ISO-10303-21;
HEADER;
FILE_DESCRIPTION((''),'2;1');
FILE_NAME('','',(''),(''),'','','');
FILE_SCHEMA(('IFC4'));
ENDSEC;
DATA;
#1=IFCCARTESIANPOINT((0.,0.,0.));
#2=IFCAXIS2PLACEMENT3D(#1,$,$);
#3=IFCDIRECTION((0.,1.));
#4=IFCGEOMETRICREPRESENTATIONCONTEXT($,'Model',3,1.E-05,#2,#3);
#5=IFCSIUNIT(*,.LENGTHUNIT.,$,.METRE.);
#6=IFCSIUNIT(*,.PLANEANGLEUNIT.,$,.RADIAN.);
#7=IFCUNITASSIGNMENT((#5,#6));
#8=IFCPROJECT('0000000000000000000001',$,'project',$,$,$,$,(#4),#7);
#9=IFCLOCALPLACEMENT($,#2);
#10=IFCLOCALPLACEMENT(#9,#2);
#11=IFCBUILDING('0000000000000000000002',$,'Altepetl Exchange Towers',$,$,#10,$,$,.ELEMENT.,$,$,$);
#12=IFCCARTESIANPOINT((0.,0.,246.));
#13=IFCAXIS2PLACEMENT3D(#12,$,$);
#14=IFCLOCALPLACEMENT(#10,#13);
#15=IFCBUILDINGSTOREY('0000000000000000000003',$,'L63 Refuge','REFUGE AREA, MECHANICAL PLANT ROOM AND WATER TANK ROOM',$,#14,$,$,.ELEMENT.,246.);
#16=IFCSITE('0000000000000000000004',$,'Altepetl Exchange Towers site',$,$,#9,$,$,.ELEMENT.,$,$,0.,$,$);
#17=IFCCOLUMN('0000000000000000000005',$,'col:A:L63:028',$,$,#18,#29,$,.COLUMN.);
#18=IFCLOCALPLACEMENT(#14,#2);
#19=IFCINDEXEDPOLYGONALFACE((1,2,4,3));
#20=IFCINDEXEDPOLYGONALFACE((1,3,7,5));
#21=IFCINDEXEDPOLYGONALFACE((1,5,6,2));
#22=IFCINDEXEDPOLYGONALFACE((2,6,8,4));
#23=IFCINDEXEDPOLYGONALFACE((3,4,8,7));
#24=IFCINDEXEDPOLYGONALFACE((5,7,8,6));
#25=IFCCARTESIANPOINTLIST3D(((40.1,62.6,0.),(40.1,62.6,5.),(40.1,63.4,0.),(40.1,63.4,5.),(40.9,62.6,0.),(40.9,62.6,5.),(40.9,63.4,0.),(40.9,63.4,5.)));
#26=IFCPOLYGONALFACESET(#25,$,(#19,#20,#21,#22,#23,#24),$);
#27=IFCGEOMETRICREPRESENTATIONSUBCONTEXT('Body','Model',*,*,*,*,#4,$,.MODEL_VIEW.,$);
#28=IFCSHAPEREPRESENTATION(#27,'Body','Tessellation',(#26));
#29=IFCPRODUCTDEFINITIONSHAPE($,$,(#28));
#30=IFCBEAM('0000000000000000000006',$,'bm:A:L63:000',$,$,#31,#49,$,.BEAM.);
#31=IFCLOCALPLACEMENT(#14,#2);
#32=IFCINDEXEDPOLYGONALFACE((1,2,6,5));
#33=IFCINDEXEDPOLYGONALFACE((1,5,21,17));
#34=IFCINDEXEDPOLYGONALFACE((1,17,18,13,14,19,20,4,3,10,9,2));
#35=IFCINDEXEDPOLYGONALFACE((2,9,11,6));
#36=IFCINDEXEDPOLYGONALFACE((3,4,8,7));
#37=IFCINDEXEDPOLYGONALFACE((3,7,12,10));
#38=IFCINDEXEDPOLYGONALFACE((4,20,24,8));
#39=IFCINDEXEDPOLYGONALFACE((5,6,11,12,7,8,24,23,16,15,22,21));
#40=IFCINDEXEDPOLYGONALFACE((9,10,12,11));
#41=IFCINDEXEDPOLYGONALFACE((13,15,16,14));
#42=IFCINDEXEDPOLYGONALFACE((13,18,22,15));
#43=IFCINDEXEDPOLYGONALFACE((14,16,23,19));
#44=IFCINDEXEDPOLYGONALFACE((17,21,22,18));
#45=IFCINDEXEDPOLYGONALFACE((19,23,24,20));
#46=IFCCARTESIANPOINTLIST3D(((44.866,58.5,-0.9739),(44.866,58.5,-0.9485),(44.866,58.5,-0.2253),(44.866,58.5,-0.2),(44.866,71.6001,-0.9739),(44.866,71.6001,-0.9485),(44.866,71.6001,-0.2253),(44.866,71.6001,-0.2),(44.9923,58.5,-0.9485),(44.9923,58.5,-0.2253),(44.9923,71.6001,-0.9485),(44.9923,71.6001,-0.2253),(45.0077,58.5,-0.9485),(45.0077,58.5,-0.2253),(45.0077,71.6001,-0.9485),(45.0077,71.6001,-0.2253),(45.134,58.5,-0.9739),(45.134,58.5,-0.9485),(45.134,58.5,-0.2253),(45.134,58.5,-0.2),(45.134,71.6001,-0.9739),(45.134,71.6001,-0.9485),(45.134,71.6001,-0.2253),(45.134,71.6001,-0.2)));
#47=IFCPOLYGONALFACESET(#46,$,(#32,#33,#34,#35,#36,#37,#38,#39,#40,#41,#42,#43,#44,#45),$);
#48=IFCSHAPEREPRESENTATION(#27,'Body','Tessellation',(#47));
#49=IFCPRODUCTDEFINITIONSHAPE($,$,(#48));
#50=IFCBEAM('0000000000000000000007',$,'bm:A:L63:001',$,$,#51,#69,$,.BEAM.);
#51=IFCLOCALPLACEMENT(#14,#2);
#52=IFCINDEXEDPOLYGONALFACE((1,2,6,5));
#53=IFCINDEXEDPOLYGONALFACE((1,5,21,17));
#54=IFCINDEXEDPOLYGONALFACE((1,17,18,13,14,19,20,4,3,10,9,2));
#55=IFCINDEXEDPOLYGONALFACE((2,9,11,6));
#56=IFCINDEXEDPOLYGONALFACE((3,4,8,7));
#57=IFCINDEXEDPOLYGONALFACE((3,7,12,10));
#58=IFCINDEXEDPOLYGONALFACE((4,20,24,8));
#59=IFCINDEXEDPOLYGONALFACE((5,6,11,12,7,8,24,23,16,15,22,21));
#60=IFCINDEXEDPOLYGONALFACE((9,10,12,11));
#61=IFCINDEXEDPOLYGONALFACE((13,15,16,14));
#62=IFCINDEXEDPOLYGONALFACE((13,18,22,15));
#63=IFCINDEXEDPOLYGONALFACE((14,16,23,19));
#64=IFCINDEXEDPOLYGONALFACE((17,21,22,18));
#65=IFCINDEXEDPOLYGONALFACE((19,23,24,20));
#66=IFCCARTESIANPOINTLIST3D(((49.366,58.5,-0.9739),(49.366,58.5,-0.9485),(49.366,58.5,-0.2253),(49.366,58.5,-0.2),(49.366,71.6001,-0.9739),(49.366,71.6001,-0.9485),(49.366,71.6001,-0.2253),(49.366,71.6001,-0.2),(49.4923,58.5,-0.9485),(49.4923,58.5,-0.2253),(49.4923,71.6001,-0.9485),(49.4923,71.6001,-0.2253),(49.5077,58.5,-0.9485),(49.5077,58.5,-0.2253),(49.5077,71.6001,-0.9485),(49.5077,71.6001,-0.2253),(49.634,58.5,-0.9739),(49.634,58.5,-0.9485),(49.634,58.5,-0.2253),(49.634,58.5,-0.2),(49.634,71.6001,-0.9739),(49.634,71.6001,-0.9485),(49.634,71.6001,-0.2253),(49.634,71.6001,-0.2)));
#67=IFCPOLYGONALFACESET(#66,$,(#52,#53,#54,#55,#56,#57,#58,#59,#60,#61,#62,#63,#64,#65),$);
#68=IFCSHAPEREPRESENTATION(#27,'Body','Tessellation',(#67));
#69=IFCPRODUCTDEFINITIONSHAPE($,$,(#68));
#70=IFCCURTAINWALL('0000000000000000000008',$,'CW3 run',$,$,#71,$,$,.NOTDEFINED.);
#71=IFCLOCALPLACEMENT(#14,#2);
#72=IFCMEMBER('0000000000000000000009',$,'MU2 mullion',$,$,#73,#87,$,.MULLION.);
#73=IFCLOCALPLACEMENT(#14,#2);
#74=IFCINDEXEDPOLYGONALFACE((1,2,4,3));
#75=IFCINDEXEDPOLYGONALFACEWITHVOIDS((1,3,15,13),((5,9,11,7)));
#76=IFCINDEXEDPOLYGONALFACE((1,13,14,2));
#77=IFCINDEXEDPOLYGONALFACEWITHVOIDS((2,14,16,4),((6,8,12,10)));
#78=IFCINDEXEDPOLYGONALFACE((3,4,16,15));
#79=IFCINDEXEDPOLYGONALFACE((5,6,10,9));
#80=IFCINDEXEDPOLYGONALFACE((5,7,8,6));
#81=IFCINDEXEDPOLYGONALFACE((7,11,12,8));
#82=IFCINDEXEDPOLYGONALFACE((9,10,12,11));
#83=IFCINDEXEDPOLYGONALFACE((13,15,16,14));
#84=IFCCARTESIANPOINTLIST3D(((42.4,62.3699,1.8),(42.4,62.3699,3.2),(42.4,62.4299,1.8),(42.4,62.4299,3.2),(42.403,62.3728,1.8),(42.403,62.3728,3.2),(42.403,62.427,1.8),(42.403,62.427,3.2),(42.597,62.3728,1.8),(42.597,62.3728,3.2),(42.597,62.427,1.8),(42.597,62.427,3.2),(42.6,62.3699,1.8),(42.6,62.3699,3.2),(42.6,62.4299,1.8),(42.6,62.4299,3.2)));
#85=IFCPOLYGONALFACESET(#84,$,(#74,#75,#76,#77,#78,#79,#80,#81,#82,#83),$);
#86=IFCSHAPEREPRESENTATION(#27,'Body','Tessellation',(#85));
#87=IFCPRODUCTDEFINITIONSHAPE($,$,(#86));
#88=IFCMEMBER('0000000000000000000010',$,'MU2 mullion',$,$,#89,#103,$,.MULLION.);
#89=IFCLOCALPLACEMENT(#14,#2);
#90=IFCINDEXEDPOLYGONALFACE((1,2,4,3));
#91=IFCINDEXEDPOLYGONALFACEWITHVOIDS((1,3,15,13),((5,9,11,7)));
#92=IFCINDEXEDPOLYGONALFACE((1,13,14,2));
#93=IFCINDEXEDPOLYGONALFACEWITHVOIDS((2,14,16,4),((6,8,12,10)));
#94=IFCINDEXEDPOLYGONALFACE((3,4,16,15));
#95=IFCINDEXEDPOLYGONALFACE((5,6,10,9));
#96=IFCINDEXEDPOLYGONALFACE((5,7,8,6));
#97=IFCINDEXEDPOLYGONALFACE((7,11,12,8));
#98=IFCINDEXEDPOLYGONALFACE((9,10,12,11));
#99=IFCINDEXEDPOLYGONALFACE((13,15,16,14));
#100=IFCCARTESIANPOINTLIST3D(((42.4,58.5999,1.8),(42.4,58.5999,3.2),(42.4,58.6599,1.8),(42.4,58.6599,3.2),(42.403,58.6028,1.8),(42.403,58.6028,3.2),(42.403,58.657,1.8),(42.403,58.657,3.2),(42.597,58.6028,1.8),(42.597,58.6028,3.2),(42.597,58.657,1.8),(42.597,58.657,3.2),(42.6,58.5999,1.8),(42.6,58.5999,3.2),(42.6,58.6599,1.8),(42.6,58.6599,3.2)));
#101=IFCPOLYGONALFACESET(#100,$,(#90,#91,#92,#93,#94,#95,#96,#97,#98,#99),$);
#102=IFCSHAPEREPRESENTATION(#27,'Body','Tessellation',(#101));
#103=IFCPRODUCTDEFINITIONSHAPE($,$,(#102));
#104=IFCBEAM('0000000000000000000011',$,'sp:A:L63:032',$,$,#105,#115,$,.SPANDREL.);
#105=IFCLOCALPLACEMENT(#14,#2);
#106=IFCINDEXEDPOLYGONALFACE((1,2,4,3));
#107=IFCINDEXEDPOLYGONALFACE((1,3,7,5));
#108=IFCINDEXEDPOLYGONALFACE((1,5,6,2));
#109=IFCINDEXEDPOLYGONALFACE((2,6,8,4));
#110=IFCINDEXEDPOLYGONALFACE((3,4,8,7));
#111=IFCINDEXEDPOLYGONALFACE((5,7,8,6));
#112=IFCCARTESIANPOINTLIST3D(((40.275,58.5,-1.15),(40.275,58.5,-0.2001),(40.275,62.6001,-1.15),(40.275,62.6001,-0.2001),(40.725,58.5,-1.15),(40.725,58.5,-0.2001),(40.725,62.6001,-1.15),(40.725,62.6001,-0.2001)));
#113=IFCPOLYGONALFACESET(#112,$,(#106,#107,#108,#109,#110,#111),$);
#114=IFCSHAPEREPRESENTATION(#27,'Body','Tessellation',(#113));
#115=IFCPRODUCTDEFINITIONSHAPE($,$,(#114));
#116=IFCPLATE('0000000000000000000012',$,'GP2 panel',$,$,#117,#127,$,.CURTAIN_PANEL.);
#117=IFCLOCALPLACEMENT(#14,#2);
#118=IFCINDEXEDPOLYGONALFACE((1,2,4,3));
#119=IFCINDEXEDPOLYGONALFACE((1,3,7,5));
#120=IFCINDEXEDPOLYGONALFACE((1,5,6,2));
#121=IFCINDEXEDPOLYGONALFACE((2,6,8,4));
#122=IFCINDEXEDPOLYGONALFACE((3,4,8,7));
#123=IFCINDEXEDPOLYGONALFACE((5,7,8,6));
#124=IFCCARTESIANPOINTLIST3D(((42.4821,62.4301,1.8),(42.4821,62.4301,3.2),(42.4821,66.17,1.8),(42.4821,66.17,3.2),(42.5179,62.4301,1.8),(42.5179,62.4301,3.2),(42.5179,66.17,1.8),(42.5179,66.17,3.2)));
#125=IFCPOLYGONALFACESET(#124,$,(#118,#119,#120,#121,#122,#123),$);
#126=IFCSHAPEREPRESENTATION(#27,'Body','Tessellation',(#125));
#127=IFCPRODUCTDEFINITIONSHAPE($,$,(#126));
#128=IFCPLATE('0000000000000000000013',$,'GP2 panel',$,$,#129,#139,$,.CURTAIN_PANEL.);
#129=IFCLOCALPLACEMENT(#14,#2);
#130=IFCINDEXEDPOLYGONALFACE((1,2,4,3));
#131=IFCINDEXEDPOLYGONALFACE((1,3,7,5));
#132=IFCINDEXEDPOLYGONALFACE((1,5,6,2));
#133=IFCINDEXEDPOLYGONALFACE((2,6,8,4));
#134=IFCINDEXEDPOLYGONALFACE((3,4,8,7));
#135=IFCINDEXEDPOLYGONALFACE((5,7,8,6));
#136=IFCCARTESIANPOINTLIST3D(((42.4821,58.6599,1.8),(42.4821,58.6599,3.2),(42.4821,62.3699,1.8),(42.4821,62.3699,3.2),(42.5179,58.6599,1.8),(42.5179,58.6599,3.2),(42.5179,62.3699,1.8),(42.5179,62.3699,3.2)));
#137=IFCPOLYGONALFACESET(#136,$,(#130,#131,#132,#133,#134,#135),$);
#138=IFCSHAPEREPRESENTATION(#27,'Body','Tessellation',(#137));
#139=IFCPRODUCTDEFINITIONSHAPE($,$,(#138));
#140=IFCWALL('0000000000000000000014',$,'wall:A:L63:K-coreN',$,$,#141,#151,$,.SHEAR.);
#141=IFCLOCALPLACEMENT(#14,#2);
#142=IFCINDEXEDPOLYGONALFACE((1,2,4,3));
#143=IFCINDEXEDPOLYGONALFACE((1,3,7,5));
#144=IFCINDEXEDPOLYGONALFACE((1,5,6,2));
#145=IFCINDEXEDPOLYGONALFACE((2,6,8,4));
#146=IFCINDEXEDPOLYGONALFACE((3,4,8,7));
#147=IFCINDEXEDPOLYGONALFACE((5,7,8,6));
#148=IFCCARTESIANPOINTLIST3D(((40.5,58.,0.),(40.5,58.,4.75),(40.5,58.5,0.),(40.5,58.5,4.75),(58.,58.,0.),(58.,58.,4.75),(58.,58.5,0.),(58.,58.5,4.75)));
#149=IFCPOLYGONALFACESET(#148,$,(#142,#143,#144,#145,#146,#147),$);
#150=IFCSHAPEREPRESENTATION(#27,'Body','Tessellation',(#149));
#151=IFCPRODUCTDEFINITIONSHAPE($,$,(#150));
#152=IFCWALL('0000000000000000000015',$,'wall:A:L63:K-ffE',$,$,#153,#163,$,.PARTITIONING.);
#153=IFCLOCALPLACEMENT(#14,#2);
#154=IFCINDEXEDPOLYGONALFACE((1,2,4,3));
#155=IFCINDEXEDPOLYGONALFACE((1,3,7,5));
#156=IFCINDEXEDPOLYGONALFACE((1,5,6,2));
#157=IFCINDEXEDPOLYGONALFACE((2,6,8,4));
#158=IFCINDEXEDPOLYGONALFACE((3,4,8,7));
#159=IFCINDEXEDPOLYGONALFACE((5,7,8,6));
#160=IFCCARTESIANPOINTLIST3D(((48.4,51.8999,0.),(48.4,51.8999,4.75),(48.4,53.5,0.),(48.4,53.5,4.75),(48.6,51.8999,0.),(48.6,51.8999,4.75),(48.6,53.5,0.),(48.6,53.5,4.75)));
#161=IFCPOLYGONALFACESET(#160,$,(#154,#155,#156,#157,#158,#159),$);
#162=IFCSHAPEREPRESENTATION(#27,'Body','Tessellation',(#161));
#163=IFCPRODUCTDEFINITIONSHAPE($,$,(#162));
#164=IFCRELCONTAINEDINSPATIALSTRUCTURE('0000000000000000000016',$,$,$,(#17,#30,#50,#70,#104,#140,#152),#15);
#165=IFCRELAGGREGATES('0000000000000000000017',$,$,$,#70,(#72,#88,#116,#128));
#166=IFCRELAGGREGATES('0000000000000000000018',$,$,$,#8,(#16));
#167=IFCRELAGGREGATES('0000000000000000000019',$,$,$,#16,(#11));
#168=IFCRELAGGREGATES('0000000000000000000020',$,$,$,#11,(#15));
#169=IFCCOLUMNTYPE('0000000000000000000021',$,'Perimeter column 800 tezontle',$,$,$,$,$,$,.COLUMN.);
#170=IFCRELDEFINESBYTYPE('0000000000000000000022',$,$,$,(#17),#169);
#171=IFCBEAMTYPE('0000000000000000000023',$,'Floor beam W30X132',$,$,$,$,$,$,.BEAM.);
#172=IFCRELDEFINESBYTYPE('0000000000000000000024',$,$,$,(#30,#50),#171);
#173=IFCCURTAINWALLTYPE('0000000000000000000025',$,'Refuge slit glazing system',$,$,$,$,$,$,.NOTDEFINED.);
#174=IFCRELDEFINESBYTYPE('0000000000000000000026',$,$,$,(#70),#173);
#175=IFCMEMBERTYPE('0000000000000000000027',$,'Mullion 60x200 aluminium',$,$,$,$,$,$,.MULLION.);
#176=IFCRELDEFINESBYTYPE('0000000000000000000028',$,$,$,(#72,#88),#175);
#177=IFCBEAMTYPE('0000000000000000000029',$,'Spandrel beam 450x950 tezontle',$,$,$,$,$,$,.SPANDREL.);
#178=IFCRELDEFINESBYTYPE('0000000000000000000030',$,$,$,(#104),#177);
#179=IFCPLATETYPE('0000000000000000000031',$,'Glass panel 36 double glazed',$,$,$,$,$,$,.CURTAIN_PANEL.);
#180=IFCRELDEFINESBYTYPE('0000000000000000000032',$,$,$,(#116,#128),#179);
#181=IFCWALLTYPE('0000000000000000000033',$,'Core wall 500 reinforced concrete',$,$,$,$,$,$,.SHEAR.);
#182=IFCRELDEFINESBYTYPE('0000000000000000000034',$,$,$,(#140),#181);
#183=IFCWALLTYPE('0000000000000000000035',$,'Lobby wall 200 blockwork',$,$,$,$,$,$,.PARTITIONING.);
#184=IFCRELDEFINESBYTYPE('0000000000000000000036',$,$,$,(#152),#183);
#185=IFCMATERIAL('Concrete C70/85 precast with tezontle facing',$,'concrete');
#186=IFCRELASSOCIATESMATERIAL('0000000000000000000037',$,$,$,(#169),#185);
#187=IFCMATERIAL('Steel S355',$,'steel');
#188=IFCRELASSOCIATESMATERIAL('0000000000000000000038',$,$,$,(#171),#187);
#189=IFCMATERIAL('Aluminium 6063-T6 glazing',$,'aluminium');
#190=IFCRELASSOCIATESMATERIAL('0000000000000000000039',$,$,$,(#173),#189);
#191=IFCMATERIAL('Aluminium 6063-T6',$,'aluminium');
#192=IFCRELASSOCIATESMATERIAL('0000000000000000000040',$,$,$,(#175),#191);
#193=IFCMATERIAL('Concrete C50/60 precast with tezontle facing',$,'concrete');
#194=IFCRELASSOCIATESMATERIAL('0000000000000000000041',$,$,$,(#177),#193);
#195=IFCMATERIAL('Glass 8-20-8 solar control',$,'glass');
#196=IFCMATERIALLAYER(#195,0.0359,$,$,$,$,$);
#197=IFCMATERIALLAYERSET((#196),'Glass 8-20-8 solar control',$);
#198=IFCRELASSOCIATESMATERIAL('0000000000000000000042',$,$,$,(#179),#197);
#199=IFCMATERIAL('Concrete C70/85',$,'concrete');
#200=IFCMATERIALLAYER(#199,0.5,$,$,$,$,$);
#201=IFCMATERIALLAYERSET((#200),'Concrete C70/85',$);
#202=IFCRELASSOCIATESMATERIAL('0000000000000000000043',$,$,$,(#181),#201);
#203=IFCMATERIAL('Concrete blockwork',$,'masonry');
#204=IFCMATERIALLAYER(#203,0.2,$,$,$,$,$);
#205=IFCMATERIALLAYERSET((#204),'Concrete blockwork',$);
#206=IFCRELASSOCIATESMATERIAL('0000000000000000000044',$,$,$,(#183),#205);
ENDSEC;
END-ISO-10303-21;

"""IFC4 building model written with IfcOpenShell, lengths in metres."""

from ifc_helpers import new_model, si_unit, direction, frame, frame_2d, origin, origin_2d, place, context, subcontext, project, spatial, rectangle, hollow_rectangle, i_section, extrude, material, layer, layer_set, material_profile, profile_set, type_object, element, aggregate, save


model = new_model("IFC4")

# Units and contexts
model_context = context("Model", 3, precision=1e-05, world=origin(), true_north=direction((0.0, 1.0)))
body_context = subcontext(model_context, "Body", "Model", "MODEL_VIEW")
ifc_project = project(units=[si_unit("LENGTHUNIT", "METRE"), si_unit("PLANEANGLEUNIT", "RADIAN")], contexts=[model_context])

# Site, building, storey
site_placement = place(None, origin())
site = spatial("IfcSite", under=ifc_project, at=site_placement, Name="Altepetl Exchange Towers site", CompositionType="ELEMENT", RefElevation=0.0)
building_placement = place(site_placement, origin())
building = spatial("IfcBuilding", under=site, at=building_placement, Name="Altepetl Exchange Towers", CompositionType="ELEMENT")
storey_placement = place(building_placement, frame((0.0, 0.0, 246.0)))
storey = spatial("IfcBuildingStorey", under=building, at=storey_placement, Name="L63 Refuge", Description="REFUGE AREA, MECHANICAL PLANT ROOM AND WATER TANK ROOM", CompositionType="ELEMENT", Elevation=246.0)

# Column
ifc_material_1 = material(Name="Concrete C70/85 precast with tezontle facing", Category="concrete")
ifc_material_profile_1 = material_profile(ifc_material_1, rectangle(XDim=0.8, YDim=0.8, at=origin_2d()), Name="800 x 800")
ifc_profile_set_1 = profile_set([ifc_material_profile_1], Name="Concrete C70/85 precast with tezontle facing")
column_type = type_object("IfcColumnType", Name="Perimeter column 800 tezontle", PredefinedType="COLUMN", material=ifc_profile_set_1)
column_placement = place(storey_placement, frame((40.5, 63.0, 0.0)))
element("IfcColumn", 1, at=column_placement, inside=storey, type_object=column_type, Name="col:A:L63:028", PredefinedType="COLUMN", context=body_context, shape_type="SweptSolid", body=[
    extrude(rectangle(XDim=0.8, YDim=0.8, at=origin_2d()), origin(), (0.0, 0.0, 1.0), 5.0),
])

# Beams
ifc_material_2 = material(Name="Steel S355", Category="steel")
ifc_material_profile_2 = material_profile(ifc_material_2, i_section(OverallWidth=0.2681, OverallDepth=0.7739, WebThickness=0.0154, FlangeThickness=0.0254, at=origin_2d()), Name="W30X132")
ifc_profile_set_2 = profile_set([ifc_material_profile_2], Name="Steel S355")
beam_type_1 = type_object("IfcBeamType", Name="Floor beam W30X132", PredefinedType="BEAM", material=ifc_profile_set_2)
for number, where, z_axis, x_axis, name in (
    (2, (45.0, 58.5, -0.5869), (0.0, 1.0, 0.0), (-1.0, 0.0, 0.0), "bm:A:L63:000"),
    (3, (49.5, 58.5, -0.5869), (0.0, 1.0, 0.0), (-1.0, 0.0, 0.0), "bm:A:L63:001"),
):
    element("IfcBeam", number, at=place(storey_placement, frame(where, z_axis=z_axis, x_axis=x_axis)), inside=storey, type_object=beam_type_1, Name=name, PredefinedType="BEAM", context=body_context, shape_type="SweptSolid", body=[
        extrude(i_section(OverallWidth=0.2681, OverallDepth=0.7739, WebThickness=0.0154, FlangeThickness=0.0254, at=origin_2d()), origin(), (0.0, 0.0, 1.0), 13.1001),
    ])

# Curtain wall, members
ifc_material_3 = material(Name="Aluminium 6063-T6 glazing", Category="aluminium")
curtain_wall_type = type_object("IfcCurtainWallType", Name="Refuge slit glazing system", PredefinedType="NOTDEFINED", material=ifc_material_3)
curtain_wall_placement = place(storey_placement, origin())
curtain_wall = element("IfcCurtainWall", 4, at=curtain_wall_placement, inside=storey, type_object=curtain_wall_type, Name="CW3 run", PredefinedType="NOTDEFINED")
ifc_material_4 = material(Name="Aluminium 6063-T6", Category="aluminium")
ifc_material_profile_3 = material_profile(ifc_material_4, hollow_rectangle(XDim=0.0601, YDim=0.2, WallThickness=0.0029, at=origin_2d()), Name="Mullion 60x200 aluminium")
ifc_profile_set_3 = profile_set([ifc_material_profile_3], Name="Aluminium 6063-T6")
member_type = type_object("IfcMemberType", Name="Mullion 60x200 aluminium", PredefinedType="MULLION", material=ifc_profile_set_3)
member_1_placement = place(storey_placement, frame((42.5, 62.3999, 1.8), z_axis=(0.0, 0.0, 1.0), x_axis=(0.0, -1.0, 0.0)))
member_1 = element("IfcMember", 5, at=member_1_placement, type_object=member_type, Name="MU2 mullion", PredefinedType="MULLION", context=body_context, shape_type="SweptSolid", body=[
    extrude(hollow_rectangle(XDim=0.0601, YDim=0.2, WallThickness=0.0029, at=origin_2d()), origin(), (0.0, 0.0, 1.0), 1.3999),
])
member_2_placement = place(storey_placement, frame((42.5, 58.6299, 1.8), z_axis=(0.0, 0.0, 1.0), x_axis=(0.0, -1.0, 0.0)))
member_2 = element("IfcMember", 6, at=member_2_placement, type_object=member_type, Name="MU2 mullion", PredefinedType="MULLION", context=body_context, shape_type="SweptSolid", body=[
    extrude(hollow_rectangle(XDim=0.0601, YDim=0.2, WallThickness=0.0029, at=origin_2d()), origin(), (0.0, 0.0, 1.0), 1.3999),
])

# Beam
ifc_material_5 = material(Name="Concrete C50/60 precast with tezontle facing", Category="concrete")
ifc_material_profile_4 = material_profile(ifc_material_5, rectangle(XDim=0.45, YDim=0.95, at=origin_2d()), Name="450 x 950")
ifc_profile_set_4 = profile_set([ifc_material_profile_4], Name="Concrete C50/60 precast with tezontle facing")
beam_type_2 = type_object("IfcBeamType", Name="Spandrel beam 450x950 tezontle", PredefinedType="SPANDREL", material=ifc_profile_set_4)
beam_placement = place(storey_placement, frame((40.5, 62.6001, -0.675), z_axis=(0.0, -1.0, 0.0), x_axis=(1.0, 0.0, 0.0)))
element("IfcBeam", 7, at=beam_placement, inside=storey, type_object=beam_type_2, Name="sp:A:L63:032", PredefinedType="SPANDREL", context=body_context, shape_type="SweptSolid", body=[
    extrude(rectangle(XDim=0.45, YDim=0.95, at=origin_2d()), origin(), (0.0, 0.0, 1.0), 4.1001),
])

# Plates
ifc_material_6 = material(Name="Glass 8-20-8 solar control", Category="glass")
ifc_layer_1 = layer(ifc_material_6, 0.0359)
ifc_layer_set_1 = layer_set([ifc_layer_1], Name="Glass 8-20-8 solar control")
plate_type = type_object("IfcPlateType", Name="Glass panel 36 double glazed", PredefinedType="CURTAIN_PANEL", material=ifc_layer_set_1)
plate_1_placement = place(storey_placement, frame((42.5, 64.3, 1.8), z_axis=(0.0, 0.0, 1.0), x_axis=(0.0, -1.0, 0.0)))
plate_1 = element("IfcPlate", 8, at=plate_1_placement, type_object=plate_type, Name="GP2 panel", PredefinedType="CURTAIN_PANEL", context=body_context, shape_type="SweptSolid", body=[
    extrude(rectangle(XDim=3.74, YDim=0.0359, at=origin_2d()), origin(), (0.0, 0.0, 1.0), 1.3999),
])
plate_2_placement = place(storey_placement, frame((42.5, 60.5149, 1.8), z_axis=(0.0, 0.0, 1.0), x_axis=(0.0, -1.0, 0.0)))
plate_2 = element("IfcPlate", 9, at=plate_2_placement, type_object=plate_type, Name="GP2 panel", PredefinedType="CURTAIN_PANEL", context=body_context, shape_type="SweptSolid", body=[
    extrude(rectangle(XDim=3.71, YDim=0.0359, at=origin_2d()), origin(), (0.0, 0.0, 1.0), 1.3999),
])
aggregate(curtain_wall, [member_1, member_2, plate_1, plate_2])

# Walls
ifc_material_7 = material(Name="Concrete C70/85", Category="concrete")
ifc_layer_2 = layer(ifc_material_7, 0.5)
ifc_layer_set_2 = layer_set([ifc_layer_2], Name="Concrete C70/85")
wall_type_1 = type_object("IfcWallType", Name="Core wall 500 reinforced concrete", PredefinedType="SHEAR", material=ifc_layer_set_2)
wall_1_placement = place(storey_placement, frame((40.5, 58.25, 0.0)))
element("IfcWall", 10, at=wall_1_placement, inside=storey, type_object=wall_type_1, Name="wall:A:L63:K-coreN", PredefinedType="SHEAR", context=body_context, shape_type="SweptSolid", body=[
    extrude(rectangle(XDim=17.5, YDim=0.5, at=frame_2d((8.75, 0.0))), origin(), (0.0, 0.0, 1.0), 4.75),
])
ifc_material_8 = material(Name="Concrete blockwork", Category="masonry")
ifc_layer_3 = layer(ifc_material_8, 0.2)
ifc_layer_set_3 = layer_set([ifc_layer_3], Name="Concrete blockwork")
wall_type_2 = type_object("IfcWallType", Name="Lobby wall 200 blockwork", PredefinedType="PARTITIONING", material=ifc_layer_set_3)
wall_2_placement = place(storey_placement, frame((48.5, 51.8999, 0.0), z_axis=(0.0, 0.0, 1.0), x_axis=(0.0, 1.0, 0.0)))
element("IfcWall", 11, at=wall_2_placement, inside=storey, type_object=wall_type_2, Name="wall:A:L63:K-ffE", PredefinedType="PARTITIONING", context=body_context, shape_type="SweptSolid", body=[
    extrude(rectangle(XDim=1.6001, YDim=0.2, at=frame_2d((0.8, 0.0))), origin(), (0.0, 0.0, 1.0), 4.75),
])

save(model, "model.ifc")
